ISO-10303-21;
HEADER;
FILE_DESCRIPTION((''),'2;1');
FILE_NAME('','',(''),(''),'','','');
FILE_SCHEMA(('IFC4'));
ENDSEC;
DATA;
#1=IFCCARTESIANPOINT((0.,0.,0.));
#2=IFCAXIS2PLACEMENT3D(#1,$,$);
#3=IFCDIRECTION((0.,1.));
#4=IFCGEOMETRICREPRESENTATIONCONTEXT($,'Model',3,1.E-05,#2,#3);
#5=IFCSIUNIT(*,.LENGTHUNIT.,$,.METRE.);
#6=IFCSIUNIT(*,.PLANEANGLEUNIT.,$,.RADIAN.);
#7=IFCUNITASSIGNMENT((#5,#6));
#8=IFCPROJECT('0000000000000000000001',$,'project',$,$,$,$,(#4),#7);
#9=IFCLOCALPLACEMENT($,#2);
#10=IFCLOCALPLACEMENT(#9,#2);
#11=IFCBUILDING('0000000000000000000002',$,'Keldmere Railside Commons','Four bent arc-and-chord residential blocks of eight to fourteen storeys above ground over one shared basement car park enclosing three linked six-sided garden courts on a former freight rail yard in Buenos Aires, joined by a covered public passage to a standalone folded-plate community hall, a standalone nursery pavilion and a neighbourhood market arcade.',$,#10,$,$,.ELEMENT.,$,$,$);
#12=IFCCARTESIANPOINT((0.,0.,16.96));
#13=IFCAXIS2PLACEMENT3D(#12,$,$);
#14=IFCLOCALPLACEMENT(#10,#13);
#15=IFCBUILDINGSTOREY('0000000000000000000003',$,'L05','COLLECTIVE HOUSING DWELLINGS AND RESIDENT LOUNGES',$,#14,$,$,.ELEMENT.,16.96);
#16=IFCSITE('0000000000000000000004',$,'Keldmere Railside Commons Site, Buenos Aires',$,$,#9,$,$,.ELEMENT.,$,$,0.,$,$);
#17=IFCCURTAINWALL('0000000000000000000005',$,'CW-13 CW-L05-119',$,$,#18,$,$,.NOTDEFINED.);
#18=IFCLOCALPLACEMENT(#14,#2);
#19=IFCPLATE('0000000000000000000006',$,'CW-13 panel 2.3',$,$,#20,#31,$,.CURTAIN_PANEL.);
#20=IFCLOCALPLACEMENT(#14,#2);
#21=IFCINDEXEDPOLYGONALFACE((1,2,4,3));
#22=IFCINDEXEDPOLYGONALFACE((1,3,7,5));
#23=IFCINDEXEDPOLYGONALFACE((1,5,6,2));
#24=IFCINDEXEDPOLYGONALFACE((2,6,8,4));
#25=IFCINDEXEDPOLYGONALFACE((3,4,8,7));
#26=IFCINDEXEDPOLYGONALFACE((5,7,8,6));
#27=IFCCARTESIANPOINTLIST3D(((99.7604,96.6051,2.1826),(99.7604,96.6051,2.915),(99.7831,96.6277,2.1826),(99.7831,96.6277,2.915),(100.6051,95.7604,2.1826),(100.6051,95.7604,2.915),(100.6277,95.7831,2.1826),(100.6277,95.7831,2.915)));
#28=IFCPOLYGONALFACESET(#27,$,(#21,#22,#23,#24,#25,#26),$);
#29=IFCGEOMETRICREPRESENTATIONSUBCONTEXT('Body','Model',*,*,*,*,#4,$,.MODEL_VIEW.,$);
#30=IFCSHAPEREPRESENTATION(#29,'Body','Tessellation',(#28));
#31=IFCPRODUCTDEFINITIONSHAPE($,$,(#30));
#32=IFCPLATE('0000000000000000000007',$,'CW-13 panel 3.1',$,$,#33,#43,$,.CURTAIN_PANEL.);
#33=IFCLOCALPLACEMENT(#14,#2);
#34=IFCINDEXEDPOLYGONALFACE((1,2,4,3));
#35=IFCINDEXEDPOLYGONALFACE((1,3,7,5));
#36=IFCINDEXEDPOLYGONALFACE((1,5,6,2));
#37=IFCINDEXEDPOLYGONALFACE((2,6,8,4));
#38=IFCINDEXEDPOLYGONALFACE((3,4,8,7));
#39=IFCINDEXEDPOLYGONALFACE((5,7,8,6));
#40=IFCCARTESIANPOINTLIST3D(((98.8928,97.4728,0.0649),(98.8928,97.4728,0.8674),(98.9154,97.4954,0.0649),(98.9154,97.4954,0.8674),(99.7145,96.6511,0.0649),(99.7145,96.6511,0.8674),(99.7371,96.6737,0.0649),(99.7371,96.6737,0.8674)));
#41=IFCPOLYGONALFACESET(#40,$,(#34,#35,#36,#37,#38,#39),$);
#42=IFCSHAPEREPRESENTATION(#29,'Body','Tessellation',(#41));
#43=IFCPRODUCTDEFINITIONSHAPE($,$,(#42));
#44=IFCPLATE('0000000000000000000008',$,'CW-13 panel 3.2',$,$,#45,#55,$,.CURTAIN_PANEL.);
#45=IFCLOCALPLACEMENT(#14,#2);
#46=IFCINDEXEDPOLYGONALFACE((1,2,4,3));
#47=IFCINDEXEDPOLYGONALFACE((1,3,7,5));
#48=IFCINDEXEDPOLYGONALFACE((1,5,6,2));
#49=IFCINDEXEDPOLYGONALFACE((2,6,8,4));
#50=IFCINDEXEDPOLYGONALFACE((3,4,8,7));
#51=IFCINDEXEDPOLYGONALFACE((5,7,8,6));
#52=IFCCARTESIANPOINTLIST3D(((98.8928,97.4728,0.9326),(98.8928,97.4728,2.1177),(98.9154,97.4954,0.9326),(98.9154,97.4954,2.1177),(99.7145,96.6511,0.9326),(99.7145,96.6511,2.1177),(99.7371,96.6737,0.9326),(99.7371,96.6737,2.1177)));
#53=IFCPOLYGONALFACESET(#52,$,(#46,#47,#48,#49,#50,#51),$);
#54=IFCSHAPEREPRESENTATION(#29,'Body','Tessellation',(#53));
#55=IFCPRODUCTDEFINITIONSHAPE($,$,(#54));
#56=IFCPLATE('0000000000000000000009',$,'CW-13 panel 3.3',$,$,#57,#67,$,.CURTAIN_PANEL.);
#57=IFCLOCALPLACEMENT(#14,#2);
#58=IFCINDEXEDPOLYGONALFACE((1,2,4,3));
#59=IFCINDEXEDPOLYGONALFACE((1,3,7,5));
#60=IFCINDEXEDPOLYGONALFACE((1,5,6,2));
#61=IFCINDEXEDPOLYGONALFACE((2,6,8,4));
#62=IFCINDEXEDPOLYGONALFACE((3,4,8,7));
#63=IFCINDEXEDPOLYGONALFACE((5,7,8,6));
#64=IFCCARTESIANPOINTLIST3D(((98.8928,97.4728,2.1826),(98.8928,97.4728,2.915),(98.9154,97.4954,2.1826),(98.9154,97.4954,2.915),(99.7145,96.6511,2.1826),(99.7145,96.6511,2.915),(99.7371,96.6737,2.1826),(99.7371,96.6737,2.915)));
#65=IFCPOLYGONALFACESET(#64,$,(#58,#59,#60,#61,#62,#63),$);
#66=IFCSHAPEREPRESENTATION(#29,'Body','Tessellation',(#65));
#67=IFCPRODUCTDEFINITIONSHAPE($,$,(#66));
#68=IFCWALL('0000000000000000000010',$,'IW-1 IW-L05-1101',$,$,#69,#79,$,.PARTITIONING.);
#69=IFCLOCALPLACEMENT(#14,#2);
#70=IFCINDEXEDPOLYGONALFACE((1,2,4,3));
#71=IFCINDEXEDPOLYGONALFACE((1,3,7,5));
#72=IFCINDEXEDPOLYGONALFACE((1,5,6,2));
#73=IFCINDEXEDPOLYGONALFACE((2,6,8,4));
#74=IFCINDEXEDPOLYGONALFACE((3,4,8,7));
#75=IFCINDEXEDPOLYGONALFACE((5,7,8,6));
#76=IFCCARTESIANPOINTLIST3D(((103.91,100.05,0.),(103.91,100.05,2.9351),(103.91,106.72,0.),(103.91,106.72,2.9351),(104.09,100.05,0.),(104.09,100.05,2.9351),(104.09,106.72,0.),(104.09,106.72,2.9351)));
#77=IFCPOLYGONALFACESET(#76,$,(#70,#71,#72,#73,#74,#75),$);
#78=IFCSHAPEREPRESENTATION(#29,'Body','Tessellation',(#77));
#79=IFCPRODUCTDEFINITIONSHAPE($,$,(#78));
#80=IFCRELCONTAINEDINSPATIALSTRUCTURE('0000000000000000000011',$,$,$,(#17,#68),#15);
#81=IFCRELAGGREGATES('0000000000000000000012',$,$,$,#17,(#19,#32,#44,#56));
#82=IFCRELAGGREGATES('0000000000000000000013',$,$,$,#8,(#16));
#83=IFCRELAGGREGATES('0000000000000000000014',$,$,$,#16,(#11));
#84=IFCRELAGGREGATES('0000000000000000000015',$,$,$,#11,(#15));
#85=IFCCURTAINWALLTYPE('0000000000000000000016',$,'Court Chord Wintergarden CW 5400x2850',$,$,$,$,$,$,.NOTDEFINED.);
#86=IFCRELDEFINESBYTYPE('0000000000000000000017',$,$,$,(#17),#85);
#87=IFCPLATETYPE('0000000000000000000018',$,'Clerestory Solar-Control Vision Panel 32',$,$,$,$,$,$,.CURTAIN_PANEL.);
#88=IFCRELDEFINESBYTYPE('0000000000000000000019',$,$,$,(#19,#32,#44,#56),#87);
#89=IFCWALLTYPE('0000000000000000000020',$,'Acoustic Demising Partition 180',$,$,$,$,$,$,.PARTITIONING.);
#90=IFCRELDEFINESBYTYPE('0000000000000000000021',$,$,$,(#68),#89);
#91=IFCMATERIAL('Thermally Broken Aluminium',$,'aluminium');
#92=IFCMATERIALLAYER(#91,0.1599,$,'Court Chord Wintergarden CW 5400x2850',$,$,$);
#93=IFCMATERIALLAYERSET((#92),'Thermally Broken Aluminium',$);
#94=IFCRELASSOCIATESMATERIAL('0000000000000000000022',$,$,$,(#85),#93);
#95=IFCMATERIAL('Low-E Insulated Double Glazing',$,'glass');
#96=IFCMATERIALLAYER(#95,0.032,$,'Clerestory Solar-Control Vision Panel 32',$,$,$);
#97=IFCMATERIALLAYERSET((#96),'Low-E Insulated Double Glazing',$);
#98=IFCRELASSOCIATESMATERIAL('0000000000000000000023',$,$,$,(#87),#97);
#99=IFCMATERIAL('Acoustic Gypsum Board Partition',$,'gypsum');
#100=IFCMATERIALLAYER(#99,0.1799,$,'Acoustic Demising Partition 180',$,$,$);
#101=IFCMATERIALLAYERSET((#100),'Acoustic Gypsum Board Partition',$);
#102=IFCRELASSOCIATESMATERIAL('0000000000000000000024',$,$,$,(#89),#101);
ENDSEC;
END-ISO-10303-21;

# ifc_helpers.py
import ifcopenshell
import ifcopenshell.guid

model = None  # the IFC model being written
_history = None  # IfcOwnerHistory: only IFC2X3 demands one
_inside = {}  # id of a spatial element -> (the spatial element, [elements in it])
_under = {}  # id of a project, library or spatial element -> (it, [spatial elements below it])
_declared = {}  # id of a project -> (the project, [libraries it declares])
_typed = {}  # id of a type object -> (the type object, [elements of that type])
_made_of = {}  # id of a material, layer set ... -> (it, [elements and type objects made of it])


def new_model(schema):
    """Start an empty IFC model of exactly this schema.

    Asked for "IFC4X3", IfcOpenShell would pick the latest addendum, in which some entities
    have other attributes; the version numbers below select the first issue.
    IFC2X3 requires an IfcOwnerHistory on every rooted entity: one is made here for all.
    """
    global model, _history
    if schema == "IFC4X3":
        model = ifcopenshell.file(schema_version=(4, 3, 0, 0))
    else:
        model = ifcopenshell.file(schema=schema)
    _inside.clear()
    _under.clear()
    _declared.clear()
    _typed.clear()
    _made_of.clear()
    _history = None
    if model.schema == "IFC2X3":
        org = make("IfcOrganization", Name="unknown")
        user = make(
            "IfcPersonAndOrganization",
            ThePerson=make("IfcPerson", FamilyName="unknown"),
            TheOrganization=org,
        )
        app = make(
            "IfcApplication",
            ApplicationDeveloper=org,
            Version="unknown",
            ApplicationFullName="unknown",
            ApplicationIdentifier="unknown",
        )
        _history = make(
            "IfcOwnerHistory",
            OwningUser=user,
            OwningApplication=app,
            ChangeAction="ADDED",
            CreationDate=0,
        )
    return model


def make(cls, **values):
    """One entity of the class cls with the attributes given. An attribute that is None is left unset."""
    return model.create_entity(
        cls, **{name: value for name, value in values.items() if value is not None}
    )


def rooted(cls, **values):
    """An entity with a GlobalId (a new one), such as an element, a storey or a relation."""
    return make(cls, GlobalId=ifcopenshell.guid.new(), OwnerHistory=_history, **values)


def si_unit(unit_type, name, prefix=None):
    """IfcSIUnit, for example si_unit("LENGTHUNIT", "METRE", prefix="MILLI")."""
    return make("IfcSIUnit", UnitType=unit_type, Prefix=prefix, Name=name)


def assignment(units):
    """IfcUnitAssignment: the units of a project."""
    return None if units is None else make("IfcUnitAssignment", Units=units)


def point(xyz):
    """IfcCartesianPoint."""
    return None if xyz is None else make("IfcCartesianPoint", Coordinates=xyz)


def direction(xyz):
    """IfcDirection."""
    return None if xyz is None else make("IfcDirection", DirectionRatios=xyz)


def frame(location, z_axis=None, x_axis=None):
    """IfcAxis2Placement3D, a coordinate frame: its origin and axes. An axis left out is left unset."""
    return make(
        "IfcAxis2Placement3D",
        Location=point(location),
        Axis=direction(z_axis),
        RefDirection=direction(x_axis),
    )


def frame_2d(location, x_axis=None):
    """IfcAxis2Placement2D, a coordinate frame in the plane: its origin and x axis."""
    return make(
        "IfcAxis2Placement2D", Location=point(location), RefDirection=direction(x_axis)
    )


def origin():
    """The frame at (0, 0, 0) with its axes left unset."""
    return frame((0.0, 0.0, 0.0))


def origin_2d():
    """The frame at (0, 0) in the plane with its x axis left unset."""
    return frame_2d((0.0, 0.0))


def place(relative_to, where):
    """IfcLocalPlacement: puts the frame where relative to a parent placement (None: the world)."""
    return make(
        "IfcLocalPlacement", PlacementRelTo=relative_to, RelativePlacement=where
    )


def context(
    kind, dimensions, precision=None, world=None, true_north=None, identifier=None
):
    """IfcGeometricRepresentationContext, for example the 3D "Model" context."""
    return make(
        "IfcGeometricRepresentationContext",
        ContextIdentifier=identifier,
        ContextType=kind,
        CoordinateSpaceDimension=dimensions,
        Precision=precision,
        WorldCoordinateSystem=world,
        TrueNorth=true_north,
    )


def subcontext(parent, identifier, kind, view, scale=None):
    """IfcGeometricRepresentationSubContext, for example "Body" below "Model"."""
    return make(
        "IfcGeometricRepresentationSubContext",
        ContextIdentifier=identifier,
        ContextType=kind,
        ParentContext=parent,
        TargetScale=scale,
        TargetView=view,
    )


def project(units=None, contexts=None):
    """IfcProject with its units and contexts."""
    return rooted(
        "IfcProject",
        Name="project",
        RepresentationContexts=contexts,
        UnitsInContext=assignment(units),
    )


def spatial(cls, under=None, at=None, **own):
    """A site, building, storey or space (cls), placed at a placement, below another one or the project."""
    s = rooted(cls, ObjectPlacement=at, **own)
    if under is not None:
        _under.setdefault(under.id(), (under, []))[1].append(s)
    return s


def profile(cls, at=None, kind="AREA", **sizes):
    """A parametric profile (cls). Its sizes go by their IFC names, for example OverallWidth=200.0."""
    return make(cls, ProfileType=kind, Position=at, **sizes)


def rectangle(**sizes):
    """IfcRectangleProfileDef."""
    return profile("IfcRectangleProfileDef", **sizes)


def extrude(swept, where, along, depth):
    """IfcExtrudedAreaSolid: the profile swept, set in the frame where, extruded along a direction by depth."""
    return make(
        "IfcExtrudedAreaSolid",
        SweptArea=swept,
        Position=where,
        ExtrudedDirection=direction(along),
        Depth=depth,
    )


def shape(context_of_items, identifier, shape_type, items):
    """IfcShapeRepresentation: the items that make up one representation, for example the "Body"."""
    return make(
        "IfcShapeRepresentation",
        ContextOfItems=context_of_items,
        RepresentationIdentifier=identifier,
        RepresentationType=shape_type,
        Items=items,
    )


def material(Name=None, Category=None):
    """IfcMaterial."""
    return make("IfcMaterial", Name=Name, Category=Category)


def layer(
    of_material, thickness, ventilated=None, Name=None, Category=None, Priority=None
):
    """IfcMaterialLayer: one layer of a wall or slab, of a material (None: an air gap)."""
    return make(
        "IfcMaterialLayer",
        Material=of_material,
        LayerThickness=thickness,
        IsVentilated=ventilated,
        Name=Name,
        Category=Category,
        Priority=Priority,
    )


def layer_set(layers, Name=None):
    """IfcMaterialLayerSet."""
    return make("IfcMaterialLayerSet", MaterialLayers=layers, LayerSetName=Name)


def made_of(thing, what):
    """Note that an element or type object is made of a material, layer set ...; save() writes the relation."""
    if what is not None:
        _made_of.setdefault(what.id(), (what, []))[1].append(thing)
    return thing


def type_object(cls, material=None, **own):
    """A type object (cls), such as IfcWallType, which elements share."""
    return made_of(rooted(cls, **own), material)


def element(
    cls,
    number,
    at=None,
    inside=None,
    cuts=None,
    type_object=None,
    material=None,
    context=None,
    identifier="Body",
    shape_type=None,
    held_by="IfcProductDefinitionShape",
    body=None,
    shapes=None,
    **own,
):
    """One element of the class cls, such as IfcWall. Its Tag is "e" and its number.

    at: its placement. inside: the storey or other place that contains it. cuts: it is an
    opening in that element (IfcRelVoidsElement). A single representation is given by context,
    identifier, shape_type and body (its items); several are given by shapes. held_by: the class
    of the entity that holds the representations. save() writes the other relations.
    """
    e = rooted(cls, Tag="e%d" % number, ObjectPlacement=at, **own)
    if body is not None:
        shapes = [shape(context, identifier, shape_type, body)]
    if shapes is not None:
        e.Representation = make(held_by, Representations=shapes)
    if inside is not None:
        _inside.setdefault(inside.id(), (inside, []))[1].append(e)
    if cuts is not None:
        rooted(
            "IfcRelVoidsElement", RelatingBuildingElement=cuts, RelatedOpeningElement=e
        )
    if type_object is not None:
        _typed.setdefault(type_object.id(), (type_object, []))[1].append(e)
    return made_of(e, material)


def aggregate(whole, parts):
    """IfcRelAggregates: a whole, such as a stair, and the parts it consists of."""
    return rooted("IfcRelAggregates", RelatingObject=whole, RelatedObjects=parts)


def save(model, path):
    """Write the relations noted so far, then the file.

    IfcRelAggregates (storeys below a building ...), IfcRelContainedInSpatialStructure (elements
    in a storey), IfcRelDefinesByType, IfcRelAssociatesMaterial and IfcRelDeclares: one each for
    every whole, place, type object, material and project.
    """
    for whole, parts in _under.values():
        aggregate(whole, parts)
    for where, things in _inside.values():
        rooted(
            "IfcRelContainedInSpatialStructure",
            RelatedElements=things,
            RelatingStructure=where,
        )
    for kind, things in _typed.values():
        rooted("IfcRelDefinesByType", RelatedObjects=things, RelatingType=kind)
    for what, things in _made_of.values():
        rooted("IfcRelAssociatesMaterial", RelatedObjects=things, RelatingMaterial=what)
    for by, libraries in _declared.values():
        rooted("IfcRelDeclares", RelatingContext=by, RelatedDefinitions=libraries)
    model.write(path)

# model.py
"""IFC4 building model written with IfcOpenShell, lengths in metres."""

from ifc_helpers import new_model, si_unit, direction, frame, frame_2d, origin, origin_2d, place, context, subcontext, project, spatial, rectangle, extrude, material, layer, layer_set, type_object, element, aggregate, save


model = new_model("IFC4")

# Units and contexts
model_context = context("Model", 3, precision=1e-05, world=origin(), true_north=direction((0.0, 1.0)))
body_context = subcontext(model_context, "Body", "Model", "MODEL_VIEW")
ifc_project = project(units=[si_unit("LENGTHUNIT", "METRE"), si_unit("PLANEANGLEUNIT", "RADIAN")], contexts=[model_context])

# Site, building, storey
site_placement = place(None, origin())
site = spatial("IfcSite", under=ifc_project, at=site_placement, Name="Keldmere Railside Commons Site, Buenos Aires", CompositionType="ELEMENT", RefElevation=0.0)
building_placement = place(site_placement, origin())
building = spatial("IfcBuilding", under=site, at=building_placement, Name="Keldmere Railside Commons", Description="Four bent arc-and-chord residential blocks of eight to fourteen storeys above ground over one shared basement car park enclosing three linked six-sided garden courts on a former freight rail yard in Buenos Aires, joined by a covered public passage to a standalone folded-plate community hall, a standalone nursery pavilion and a neighbourhood market arcade.", CompositionType="ELEMENT")
storey_placement = place(building_placement, frame((0.0, 0.0, 16.96)))
storey = spatial("IfcBuildingStorey", under=building, at=storey_placement, Name="L05", Description="COLLECTIVE HOUSING DWELLINGS AND RESIDENT LOUNGES", CompositionType="ELEMENT", Elevation=16.96)

# Curtain wall, plates
ifc_material_1 = material(Name="Thermally Broken Aluminium", Category="aluminium")
ifc_layer_1 = layer(ifc_material_1, 0.1599, Name="Court Chord Wintergarden CW 5400x2850")
ifc_layer_set_1 = layer_set([ifc_layer_1], Name="Thermally Broken Aluminium")
curtain_wall_type = type_object("IfcCurtainWallType", Name="Court Chord Wintergarden CW 5400x2850", PredefinedType="NOTDEFINED", material=ifc_layer_set_1)
curtain_wall_placement = place(storey_placement, origin())
curtain_wall = element("IfcCurtainWall", 1, at=curtain_wall_placement, inside=storey, type_object=curtain_wall_type, Name="CW-13 CW-L05-119", PredefinedType="NOTDEFINED")
ifc_material_2 = material(Name="Low-E Insulated Double Glazing", Category="glass")
ifc_layer_2 = layer(ifc_material_2, 0.032, Name="Clerestory Solar-Control Vision Panel 32")
ifc_layer_set_2 = layer_set([ifc_layer_2], Name="Low-E Insulated Double Glazing")
plate_type = type_object("IfcPlateType", Name="Clerestory Solar-Control Vision Panel 32", PredefinedType="CURTAIN_PANEL", material=ifc_layer_set_2)
plate_1_placement = place(storey_placement, frame((100.1941, 96.1941, 2.1826), z_axis=(0.0, 0.0, 1.0), x_axis=(-0.707107, 0.707107, 0.0)))
plate_1 = element("IfcPlate", 2, at=plate_1_placement, type_object=plate_type, Name="CW-13 panel 2.3", PredefinedType="CURTAIN_PANEL", context=body_context, shape_type="SweptSolid", body=[
    extrude(rectangle(XDim=1.1946, YDim=0.032, at=origin_2d()), origin(), (0.0, 0.0, 1.0), 0.7324),
])
plate_2_placement = place(storey_placement, frame((99.3149, 97.0732, 0.0649), z_axis=(0.0, 0.0, 1.0), x_axis=(-0.707107, 0.707107, 0.0)))
plate_2 = element("IfcPlate", 3, at=plate_2_placement, type_object=plate_type, Name="CW-13 panel 3.1", PredefinedType="CURTAIN_PANEL", context=body_context, shape_type="SweptSolid", body=[
    extrude(rectangle(XDim=1.1621, YDim=0.032, at=origin_2d()), origin(), (0.0, 0.0, 1.0), 0.8025),
])
plate_3_placement = place(storey_placement, frame((99.3149, 97.0732, 0.9326), z_axis=(0.0, 0.0, 1.0), x_axis=(-0.707107, 0.707107, 0.0)))
plate_3 = element("IfcPlate", 4, at=plate_3_placement, type_object=plate_type, Name="CW-13 panel 3.2", PredefinedType="CURTAIN_PANEL", context=body_context, shape_type="SweptSolid", body=[
    extrude(rectangle(XDim=1.1621, YDim=0.032, at=origin_2d()), origin(), (0.0, 0.0, 1.0), 1.1851),
])
plate_4_placement = place(storey_placement, frame((99.3149, 97.0732, 2.1826), z_axis=(0.0, 0.0, 1.0), x_axis=(-0.707107, 0.707107, 0.0)))
plate_4 = element("IfcPlate", 5, at=plate_4_placement, type_object=plate_type, Name="CW-13 panel 3.3", PredefinedType="CURTAIN_PANEL", context=body_context, shape_type="SweptSolid", body=[
    extrude(rectangle(XDim=1.1621, YDim=0.032, at=origin_2d()), origin(), (0.0, 0.0, 1.0), 0.7324),
])
aggregate(curtain_wall, [plate_1, plate_2, plate_3, plate_4])

# Wall
ifc_material_3 = material(Name="Acoustic Gypsum Board Partition", Category="gypsum")
ifc_layer_3 = layer(ifc_material_3, 0.1799, Name="Acoustic Demising Partition 180")
ifc_layer_set_3 = layer_set([ifc_layer_3], Name="Acoustic Gypsum Board Partition")
wall_type = type_object("IfcWallType", Name="Acoustic Demising Partition 180", PredefinedType="PARTITIONING", material=ifc_layer_set_3)
wall_placement = place(storey_placement, frame((104.0, 100.05, 0.0), z_axis=(0.0, 0.0, 1.0), x_axis=(0.0, 1.0, 0.0)))
element("IfcWall", 6, at=wall_placement, inside=storey, type_object=wall_type, Name="IW-1 IW-L05-1101", PredefinedType="PARTITIONING", context=body_context, shape_type="SweptSolid", body=[
    extrude(rectangle(XDim=6.6699, YDim=0.1799, at=frame_2d((3.335, 0.0))), origin(), (0.0, 0.0, 1.0), 2.9351),
])

save(model, "model.ifc")
